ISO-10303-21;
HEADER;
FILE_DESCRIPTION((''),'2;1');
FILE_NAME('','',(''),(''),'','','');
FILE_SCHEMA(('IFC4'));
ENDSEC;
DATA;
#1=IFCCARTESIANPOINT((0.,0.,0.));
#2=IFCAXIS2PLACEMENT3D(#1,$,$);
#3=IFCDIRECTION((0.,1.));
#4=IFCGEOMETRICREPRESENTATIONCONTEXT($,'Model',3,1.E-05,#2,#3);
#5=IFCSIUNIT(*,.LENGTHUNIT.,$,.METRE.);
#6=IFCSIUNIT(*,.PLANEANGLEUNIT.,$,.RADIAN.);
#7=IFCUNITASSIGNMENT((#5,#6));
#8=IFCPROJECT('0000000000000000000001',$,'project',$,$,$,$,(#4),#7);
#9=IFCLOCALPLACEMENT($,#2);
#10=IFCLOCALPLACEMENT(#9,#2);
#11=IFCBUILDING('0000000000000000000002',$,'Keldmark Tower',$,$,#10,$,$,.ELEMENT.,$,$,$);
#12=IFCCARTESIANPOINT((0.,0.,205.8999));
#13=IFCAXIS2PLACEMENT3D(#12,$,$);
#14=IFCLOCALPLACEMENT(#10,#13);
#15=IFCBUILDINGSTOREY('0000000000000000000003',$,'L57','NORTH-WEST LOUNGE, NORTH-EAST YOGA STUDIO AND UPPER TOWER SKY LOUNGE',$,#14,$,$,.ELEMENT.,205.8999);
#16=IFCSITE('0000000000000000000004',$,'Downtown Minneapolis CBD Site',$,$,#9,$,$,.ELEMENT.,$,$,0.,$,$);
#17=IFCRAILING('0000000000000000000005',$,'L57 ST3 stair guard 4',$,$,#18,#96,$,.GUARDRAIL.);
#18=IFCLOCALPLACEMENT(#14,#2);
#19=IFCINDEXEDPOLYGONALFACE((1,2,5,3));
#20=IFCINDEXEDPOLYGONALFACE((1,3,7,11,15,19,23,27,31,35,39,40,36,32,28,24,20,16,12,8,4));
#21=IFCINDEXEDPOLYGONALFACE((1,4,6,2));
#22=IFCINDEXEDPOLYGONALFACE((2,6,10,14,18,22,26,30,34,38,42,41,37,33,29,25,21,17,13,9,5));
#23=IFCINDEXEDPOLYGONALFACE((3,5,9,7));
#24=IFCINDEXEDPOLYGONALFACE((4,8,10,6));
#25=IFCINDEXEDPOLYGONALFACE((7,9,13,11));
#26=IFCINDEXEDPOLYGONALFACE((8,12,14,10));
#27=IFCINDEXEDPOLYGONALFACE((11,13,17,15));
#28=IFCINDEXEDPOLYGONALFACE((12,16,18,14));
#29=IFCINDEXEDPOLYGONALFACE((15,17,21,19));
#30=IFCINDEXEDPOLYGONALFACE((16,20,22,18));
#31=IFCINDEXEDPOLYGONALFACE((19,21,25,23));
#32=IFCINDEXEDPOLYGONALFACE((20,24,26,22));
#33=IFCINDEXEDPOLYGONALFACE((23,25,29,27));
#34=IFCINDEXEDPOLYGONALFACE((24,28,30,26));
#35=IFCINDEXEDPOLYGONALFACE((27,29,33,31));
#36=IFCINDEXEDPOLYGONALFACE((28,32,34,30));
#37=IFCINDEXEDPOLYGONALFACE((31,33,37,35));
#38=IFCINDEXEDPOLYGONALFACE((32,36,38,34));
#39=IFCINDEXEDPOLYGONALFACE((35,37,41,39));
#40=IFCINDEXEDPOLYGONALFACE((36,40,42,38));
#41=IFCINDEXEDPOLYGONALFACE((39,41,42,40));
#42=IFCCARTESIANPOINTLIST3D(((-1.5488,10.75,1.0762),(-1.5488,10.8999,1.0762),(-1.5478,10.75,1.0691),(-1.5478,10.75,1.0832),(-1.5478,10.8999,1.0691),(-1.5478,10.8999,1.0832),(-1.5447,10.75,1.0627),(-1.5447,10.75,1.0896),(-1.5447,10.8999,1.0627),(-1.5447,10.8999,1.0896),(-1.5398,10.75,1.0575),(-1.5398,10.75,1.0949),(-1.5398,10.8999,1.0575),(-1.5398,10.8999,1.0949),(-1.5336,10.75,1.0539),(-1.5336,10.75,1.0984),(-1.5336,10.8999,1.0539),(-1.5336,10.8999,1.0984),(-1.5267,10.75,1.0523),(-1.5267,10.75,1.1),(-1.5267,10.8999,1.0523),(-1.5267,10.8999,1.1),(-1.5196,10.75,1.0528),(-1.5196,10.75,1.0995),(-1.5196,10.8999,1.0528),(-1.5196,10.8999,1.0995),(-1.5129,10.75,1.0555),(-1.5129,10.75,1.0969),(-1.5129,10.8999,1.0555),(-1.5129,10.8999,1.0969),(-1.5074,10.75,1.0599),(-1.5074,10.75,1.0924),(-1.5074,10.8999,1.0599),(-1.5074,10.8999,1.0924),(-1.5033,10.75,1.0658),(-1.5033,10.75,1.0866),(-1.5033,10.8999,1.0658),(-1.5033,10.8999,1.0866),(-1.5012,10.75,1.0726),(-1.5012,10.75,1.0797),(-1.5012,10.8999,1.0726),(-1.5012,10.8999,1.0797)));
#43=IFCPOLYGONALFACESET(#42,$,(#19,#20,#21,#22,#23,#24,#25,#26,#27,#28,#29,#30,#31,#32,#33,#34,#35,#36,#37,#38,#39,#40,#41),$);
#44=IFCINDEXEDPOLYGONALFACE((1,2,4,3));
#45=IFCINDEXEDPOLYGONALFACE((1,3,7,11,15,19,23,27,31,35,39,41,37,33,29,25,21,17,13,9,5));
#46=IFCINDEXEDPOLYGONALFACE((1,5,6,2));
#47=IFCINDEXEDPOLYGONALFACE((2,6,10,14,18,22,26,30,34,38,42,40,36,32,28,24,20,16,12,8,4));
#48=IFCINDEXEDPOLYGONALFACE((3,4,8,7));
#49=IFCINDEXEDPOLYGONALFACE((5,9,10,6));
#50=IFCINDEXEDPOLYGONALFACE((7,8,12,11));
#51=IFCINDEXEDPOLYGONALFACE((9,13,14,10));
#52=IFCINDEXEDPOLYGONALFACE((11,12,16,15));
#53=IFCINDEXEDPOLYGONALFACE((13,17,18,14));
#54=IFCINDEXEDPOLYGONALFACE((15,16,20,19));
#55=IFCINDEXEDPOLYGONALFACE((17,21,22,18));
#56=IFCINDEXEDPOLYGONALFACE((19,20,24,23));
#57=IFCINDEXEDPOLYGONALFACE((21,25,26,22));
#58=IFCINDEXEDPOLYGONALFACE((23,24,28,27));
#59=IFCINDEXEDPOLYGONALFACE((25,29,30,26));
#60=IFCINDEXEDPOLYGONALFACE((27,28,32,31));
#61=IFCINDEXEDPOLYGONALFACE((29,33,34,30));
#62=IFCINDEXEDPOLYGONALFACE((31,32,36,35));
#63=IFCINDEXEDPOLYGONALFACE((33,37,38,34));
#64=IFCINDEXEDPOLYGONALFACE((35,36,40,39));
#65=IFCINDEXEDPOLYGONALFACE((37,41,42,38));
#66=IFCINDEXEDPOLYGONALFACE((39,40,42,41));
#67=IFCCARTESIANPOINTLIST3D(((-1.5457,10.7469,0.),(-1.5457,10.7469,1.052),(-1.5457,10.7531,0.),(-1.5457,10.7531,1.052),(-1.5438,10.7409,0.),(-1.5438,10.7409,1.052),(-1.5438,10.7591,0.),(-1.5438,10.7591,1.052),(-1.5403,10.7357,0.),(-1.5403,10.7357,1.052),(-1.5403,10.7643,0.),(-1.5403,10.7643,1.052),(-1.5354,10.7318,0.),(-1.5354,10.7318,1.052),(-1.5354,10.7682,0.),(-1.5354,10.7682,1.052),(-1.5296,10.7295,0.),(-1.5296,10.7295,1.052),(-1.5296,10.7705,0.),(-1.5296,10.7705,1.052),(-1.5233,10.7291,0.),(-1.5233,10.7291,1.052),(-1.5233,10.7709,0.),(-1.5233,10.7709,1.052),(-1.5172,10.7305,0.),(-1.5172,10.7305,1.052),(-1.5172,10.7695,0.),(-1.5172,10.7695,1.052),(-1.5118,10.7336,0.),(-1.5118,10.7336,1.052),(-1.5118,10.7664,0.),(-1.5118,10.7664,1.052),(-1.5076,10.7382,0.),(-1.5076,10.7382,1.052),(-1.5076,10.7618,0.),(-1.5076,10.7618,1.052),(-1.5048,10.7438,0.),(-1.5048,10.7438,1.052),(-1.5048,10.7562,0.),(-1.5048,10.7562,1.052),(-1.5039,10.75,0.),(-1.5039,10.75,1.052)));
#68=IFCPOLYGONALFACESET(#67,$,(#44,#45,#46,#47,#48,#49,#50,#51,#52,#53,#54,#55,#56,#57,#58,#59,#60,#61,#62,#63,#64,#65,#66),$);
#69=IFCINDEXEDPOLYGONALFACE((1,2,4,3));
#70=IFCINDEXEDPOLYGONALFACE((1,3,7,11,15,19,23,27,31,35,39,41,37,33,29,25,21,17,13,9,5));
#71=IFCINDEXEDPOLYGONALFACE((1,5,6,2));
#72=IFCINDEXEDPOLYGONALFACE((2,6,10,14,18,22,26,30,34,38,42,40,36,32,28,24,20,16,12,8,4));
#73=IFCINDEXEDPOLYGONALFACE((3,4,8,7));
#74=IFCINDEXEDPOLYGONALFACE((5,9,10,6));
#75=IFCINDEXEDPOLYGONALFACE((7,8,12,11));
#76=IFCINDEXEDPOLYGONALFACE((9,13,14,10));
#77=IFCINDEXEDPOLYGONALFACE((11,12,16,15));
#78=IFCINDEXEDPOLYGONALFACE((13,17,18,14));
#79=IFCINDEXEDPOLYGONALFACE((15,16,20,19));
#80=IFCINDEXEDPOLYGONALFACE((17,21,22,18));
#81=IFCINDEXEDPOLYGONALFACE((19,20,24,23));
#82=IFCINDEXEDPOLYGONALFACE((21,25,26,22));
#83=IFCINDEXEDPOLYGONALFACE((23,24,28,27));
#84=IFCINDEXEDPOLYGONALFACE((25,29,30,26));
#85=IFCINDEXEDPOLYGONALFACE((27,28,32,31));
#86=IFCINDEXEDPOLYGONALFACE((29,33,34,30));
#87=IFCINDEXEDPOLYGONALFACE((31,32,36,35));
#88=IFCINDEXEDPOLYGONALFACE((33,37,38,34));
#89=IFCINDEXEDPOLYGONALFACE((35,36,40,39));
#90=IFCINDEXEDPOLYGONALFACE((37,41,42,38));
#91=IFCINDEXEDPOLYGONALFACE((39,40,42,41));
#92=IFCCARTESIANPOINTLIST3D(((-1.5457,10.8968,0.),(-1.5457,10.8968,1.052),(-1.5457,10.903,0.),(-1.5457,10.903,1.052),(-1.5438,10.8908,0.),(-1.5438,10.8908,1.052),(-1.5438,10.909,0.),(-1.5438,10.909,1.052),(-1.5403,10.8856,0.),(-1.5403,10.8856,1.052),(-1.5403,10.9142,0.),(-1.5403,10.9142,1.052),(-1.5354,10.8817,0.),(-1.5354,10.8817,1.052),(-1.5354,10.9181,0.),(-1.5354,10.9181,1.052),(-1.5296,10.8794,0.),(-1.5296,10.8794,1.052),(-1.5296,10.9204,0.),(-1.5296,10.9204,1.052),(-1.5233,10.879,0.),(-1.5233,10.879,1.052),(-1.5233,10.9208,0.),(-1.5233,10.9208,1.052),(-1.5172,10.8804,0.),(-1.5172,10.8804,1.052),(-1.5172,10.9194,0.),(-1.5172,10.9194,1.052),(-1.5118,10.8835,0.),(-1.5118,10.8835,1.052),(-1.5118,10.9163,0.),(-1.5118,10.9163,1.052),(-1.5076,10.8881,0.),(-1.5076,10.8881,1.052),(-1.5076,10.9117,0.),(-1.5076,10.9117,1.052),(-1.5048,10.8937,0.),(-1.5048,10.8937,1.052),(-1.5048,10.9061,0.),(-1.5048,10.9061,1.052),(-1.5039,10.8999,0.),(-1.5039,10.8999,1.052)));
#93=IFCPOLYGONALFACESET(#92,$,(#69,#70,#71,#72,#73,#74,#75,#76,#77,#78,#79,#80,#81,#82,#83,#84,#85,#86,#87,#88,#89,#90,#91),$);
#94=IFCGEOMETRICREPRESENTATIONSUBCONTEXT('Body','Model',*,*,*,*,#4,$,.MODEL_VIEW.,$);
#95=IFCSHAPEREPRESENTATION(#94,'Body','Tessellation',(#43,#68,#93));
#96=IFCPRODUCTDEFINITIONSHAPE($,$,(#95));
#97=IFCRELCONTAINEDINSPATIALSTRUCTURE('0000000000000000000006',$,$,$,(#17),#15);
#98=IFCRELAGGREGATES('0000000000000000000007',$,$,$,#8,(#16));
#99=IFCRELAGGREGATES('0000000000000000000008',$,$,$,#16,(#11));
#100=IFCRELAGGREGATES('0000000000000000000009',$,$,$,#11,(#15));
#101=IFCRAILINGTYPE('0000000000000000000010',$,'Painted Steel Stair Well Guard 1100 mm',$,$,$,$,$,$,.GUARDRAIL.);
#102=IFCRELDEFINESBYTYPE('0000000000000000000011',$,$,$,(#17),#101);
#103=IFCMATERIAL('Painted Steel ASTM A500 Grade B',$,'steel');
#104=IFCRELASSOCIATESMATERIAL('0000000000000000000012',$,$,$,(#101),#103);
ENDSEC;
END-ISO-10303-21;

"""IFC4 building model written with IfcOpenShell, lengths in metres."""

from ifc_helpers import new_model, si_unit, direction, frame, origin, origin_2d, place, context, subcontext, project, spatial, circle, extrude, material, type_object, element, save


model = new_model("IFC4")

# Units and contexts
model_context = context("Model", 3, precision=1e-05, world=origin(), true_north=direction((0.0, 1.0)))
body_context = subcontext(model_context, "Body", "Model", "MODEL_VIEW")
ifc_project = project(units=[si_unit("LENGTHUNIT", "METRE"), si_unit("PLANEANGLEUNIT", "RADIAN")], contexts=[model_context])

# Site, building, storey
site_placement = place(None, origin())
site = spatial("IfcSite", under=ifc_project, at=site_placement, Name="Downtown Minneapolis CBD Site", CompositionType="ELEMENT", RefElevation=0.0)
building_placement = place(site_placement, origin())
building = spatial("IfcBuilding", under=site, at=building_placement, Name="Keldmark Tower", CompositionType="ELEMENT")
storey_placement = place(building_placement, frame((0.0, 0.0, 205.8999)))
storey = spatial("IfcBuildingStorey", under=building, at=storey_placement, Name="L57", Description="NORTH-WEST LOUNGE, NORTH-EAST YOGA STUDIO AND UPPER TOWER SKY LOUNGE", CompositionType="ELEMENT", Elevation=205.8999)

# Railing
ifc_material_1 = material(Name="Painted Steel ASTM A500 Grade B", Category="steel")
railing_type_1 = type_object("IfcRailingType", Name="Painted Steel Stair Well Guard 1100 mm", PredefinedType="GUARDRAIL", material=ifc_material_1)
railing_1_placement = place(storey_placement, frame((-1.5249, 10.75, 0.0)))
element("IfcRailing", 1, at=railing_1_placement, inside=storey, type_object=railing_type_1, Name="L57 ST3 stair guard 4", PredefinedType="GUARDRAIL", context=body_context, shape_type="SweptSolid", body=[
    extrude(circle(Radius=0.0239, at=origin_2d()), frame((0.0, 0.0, 1.0762), z_axis=(0.0, 1.0, 0.0), x_axis=(-1.0, 0.0, 0.0)), (0.0, 0.0, 1.0), 0.1499),
    extrude(circle(Radius=0.021, at=origin_2d()), origin(), (0.0, 0.0, 1.0), 1.052),
    extrude(circle(Radius=0.021, at=origin_2d()), frame((0.0, 0.1499, 0.0)), (0.0, 0.0, 1.0), 1.052),
])

save(model, "model.ifc")
